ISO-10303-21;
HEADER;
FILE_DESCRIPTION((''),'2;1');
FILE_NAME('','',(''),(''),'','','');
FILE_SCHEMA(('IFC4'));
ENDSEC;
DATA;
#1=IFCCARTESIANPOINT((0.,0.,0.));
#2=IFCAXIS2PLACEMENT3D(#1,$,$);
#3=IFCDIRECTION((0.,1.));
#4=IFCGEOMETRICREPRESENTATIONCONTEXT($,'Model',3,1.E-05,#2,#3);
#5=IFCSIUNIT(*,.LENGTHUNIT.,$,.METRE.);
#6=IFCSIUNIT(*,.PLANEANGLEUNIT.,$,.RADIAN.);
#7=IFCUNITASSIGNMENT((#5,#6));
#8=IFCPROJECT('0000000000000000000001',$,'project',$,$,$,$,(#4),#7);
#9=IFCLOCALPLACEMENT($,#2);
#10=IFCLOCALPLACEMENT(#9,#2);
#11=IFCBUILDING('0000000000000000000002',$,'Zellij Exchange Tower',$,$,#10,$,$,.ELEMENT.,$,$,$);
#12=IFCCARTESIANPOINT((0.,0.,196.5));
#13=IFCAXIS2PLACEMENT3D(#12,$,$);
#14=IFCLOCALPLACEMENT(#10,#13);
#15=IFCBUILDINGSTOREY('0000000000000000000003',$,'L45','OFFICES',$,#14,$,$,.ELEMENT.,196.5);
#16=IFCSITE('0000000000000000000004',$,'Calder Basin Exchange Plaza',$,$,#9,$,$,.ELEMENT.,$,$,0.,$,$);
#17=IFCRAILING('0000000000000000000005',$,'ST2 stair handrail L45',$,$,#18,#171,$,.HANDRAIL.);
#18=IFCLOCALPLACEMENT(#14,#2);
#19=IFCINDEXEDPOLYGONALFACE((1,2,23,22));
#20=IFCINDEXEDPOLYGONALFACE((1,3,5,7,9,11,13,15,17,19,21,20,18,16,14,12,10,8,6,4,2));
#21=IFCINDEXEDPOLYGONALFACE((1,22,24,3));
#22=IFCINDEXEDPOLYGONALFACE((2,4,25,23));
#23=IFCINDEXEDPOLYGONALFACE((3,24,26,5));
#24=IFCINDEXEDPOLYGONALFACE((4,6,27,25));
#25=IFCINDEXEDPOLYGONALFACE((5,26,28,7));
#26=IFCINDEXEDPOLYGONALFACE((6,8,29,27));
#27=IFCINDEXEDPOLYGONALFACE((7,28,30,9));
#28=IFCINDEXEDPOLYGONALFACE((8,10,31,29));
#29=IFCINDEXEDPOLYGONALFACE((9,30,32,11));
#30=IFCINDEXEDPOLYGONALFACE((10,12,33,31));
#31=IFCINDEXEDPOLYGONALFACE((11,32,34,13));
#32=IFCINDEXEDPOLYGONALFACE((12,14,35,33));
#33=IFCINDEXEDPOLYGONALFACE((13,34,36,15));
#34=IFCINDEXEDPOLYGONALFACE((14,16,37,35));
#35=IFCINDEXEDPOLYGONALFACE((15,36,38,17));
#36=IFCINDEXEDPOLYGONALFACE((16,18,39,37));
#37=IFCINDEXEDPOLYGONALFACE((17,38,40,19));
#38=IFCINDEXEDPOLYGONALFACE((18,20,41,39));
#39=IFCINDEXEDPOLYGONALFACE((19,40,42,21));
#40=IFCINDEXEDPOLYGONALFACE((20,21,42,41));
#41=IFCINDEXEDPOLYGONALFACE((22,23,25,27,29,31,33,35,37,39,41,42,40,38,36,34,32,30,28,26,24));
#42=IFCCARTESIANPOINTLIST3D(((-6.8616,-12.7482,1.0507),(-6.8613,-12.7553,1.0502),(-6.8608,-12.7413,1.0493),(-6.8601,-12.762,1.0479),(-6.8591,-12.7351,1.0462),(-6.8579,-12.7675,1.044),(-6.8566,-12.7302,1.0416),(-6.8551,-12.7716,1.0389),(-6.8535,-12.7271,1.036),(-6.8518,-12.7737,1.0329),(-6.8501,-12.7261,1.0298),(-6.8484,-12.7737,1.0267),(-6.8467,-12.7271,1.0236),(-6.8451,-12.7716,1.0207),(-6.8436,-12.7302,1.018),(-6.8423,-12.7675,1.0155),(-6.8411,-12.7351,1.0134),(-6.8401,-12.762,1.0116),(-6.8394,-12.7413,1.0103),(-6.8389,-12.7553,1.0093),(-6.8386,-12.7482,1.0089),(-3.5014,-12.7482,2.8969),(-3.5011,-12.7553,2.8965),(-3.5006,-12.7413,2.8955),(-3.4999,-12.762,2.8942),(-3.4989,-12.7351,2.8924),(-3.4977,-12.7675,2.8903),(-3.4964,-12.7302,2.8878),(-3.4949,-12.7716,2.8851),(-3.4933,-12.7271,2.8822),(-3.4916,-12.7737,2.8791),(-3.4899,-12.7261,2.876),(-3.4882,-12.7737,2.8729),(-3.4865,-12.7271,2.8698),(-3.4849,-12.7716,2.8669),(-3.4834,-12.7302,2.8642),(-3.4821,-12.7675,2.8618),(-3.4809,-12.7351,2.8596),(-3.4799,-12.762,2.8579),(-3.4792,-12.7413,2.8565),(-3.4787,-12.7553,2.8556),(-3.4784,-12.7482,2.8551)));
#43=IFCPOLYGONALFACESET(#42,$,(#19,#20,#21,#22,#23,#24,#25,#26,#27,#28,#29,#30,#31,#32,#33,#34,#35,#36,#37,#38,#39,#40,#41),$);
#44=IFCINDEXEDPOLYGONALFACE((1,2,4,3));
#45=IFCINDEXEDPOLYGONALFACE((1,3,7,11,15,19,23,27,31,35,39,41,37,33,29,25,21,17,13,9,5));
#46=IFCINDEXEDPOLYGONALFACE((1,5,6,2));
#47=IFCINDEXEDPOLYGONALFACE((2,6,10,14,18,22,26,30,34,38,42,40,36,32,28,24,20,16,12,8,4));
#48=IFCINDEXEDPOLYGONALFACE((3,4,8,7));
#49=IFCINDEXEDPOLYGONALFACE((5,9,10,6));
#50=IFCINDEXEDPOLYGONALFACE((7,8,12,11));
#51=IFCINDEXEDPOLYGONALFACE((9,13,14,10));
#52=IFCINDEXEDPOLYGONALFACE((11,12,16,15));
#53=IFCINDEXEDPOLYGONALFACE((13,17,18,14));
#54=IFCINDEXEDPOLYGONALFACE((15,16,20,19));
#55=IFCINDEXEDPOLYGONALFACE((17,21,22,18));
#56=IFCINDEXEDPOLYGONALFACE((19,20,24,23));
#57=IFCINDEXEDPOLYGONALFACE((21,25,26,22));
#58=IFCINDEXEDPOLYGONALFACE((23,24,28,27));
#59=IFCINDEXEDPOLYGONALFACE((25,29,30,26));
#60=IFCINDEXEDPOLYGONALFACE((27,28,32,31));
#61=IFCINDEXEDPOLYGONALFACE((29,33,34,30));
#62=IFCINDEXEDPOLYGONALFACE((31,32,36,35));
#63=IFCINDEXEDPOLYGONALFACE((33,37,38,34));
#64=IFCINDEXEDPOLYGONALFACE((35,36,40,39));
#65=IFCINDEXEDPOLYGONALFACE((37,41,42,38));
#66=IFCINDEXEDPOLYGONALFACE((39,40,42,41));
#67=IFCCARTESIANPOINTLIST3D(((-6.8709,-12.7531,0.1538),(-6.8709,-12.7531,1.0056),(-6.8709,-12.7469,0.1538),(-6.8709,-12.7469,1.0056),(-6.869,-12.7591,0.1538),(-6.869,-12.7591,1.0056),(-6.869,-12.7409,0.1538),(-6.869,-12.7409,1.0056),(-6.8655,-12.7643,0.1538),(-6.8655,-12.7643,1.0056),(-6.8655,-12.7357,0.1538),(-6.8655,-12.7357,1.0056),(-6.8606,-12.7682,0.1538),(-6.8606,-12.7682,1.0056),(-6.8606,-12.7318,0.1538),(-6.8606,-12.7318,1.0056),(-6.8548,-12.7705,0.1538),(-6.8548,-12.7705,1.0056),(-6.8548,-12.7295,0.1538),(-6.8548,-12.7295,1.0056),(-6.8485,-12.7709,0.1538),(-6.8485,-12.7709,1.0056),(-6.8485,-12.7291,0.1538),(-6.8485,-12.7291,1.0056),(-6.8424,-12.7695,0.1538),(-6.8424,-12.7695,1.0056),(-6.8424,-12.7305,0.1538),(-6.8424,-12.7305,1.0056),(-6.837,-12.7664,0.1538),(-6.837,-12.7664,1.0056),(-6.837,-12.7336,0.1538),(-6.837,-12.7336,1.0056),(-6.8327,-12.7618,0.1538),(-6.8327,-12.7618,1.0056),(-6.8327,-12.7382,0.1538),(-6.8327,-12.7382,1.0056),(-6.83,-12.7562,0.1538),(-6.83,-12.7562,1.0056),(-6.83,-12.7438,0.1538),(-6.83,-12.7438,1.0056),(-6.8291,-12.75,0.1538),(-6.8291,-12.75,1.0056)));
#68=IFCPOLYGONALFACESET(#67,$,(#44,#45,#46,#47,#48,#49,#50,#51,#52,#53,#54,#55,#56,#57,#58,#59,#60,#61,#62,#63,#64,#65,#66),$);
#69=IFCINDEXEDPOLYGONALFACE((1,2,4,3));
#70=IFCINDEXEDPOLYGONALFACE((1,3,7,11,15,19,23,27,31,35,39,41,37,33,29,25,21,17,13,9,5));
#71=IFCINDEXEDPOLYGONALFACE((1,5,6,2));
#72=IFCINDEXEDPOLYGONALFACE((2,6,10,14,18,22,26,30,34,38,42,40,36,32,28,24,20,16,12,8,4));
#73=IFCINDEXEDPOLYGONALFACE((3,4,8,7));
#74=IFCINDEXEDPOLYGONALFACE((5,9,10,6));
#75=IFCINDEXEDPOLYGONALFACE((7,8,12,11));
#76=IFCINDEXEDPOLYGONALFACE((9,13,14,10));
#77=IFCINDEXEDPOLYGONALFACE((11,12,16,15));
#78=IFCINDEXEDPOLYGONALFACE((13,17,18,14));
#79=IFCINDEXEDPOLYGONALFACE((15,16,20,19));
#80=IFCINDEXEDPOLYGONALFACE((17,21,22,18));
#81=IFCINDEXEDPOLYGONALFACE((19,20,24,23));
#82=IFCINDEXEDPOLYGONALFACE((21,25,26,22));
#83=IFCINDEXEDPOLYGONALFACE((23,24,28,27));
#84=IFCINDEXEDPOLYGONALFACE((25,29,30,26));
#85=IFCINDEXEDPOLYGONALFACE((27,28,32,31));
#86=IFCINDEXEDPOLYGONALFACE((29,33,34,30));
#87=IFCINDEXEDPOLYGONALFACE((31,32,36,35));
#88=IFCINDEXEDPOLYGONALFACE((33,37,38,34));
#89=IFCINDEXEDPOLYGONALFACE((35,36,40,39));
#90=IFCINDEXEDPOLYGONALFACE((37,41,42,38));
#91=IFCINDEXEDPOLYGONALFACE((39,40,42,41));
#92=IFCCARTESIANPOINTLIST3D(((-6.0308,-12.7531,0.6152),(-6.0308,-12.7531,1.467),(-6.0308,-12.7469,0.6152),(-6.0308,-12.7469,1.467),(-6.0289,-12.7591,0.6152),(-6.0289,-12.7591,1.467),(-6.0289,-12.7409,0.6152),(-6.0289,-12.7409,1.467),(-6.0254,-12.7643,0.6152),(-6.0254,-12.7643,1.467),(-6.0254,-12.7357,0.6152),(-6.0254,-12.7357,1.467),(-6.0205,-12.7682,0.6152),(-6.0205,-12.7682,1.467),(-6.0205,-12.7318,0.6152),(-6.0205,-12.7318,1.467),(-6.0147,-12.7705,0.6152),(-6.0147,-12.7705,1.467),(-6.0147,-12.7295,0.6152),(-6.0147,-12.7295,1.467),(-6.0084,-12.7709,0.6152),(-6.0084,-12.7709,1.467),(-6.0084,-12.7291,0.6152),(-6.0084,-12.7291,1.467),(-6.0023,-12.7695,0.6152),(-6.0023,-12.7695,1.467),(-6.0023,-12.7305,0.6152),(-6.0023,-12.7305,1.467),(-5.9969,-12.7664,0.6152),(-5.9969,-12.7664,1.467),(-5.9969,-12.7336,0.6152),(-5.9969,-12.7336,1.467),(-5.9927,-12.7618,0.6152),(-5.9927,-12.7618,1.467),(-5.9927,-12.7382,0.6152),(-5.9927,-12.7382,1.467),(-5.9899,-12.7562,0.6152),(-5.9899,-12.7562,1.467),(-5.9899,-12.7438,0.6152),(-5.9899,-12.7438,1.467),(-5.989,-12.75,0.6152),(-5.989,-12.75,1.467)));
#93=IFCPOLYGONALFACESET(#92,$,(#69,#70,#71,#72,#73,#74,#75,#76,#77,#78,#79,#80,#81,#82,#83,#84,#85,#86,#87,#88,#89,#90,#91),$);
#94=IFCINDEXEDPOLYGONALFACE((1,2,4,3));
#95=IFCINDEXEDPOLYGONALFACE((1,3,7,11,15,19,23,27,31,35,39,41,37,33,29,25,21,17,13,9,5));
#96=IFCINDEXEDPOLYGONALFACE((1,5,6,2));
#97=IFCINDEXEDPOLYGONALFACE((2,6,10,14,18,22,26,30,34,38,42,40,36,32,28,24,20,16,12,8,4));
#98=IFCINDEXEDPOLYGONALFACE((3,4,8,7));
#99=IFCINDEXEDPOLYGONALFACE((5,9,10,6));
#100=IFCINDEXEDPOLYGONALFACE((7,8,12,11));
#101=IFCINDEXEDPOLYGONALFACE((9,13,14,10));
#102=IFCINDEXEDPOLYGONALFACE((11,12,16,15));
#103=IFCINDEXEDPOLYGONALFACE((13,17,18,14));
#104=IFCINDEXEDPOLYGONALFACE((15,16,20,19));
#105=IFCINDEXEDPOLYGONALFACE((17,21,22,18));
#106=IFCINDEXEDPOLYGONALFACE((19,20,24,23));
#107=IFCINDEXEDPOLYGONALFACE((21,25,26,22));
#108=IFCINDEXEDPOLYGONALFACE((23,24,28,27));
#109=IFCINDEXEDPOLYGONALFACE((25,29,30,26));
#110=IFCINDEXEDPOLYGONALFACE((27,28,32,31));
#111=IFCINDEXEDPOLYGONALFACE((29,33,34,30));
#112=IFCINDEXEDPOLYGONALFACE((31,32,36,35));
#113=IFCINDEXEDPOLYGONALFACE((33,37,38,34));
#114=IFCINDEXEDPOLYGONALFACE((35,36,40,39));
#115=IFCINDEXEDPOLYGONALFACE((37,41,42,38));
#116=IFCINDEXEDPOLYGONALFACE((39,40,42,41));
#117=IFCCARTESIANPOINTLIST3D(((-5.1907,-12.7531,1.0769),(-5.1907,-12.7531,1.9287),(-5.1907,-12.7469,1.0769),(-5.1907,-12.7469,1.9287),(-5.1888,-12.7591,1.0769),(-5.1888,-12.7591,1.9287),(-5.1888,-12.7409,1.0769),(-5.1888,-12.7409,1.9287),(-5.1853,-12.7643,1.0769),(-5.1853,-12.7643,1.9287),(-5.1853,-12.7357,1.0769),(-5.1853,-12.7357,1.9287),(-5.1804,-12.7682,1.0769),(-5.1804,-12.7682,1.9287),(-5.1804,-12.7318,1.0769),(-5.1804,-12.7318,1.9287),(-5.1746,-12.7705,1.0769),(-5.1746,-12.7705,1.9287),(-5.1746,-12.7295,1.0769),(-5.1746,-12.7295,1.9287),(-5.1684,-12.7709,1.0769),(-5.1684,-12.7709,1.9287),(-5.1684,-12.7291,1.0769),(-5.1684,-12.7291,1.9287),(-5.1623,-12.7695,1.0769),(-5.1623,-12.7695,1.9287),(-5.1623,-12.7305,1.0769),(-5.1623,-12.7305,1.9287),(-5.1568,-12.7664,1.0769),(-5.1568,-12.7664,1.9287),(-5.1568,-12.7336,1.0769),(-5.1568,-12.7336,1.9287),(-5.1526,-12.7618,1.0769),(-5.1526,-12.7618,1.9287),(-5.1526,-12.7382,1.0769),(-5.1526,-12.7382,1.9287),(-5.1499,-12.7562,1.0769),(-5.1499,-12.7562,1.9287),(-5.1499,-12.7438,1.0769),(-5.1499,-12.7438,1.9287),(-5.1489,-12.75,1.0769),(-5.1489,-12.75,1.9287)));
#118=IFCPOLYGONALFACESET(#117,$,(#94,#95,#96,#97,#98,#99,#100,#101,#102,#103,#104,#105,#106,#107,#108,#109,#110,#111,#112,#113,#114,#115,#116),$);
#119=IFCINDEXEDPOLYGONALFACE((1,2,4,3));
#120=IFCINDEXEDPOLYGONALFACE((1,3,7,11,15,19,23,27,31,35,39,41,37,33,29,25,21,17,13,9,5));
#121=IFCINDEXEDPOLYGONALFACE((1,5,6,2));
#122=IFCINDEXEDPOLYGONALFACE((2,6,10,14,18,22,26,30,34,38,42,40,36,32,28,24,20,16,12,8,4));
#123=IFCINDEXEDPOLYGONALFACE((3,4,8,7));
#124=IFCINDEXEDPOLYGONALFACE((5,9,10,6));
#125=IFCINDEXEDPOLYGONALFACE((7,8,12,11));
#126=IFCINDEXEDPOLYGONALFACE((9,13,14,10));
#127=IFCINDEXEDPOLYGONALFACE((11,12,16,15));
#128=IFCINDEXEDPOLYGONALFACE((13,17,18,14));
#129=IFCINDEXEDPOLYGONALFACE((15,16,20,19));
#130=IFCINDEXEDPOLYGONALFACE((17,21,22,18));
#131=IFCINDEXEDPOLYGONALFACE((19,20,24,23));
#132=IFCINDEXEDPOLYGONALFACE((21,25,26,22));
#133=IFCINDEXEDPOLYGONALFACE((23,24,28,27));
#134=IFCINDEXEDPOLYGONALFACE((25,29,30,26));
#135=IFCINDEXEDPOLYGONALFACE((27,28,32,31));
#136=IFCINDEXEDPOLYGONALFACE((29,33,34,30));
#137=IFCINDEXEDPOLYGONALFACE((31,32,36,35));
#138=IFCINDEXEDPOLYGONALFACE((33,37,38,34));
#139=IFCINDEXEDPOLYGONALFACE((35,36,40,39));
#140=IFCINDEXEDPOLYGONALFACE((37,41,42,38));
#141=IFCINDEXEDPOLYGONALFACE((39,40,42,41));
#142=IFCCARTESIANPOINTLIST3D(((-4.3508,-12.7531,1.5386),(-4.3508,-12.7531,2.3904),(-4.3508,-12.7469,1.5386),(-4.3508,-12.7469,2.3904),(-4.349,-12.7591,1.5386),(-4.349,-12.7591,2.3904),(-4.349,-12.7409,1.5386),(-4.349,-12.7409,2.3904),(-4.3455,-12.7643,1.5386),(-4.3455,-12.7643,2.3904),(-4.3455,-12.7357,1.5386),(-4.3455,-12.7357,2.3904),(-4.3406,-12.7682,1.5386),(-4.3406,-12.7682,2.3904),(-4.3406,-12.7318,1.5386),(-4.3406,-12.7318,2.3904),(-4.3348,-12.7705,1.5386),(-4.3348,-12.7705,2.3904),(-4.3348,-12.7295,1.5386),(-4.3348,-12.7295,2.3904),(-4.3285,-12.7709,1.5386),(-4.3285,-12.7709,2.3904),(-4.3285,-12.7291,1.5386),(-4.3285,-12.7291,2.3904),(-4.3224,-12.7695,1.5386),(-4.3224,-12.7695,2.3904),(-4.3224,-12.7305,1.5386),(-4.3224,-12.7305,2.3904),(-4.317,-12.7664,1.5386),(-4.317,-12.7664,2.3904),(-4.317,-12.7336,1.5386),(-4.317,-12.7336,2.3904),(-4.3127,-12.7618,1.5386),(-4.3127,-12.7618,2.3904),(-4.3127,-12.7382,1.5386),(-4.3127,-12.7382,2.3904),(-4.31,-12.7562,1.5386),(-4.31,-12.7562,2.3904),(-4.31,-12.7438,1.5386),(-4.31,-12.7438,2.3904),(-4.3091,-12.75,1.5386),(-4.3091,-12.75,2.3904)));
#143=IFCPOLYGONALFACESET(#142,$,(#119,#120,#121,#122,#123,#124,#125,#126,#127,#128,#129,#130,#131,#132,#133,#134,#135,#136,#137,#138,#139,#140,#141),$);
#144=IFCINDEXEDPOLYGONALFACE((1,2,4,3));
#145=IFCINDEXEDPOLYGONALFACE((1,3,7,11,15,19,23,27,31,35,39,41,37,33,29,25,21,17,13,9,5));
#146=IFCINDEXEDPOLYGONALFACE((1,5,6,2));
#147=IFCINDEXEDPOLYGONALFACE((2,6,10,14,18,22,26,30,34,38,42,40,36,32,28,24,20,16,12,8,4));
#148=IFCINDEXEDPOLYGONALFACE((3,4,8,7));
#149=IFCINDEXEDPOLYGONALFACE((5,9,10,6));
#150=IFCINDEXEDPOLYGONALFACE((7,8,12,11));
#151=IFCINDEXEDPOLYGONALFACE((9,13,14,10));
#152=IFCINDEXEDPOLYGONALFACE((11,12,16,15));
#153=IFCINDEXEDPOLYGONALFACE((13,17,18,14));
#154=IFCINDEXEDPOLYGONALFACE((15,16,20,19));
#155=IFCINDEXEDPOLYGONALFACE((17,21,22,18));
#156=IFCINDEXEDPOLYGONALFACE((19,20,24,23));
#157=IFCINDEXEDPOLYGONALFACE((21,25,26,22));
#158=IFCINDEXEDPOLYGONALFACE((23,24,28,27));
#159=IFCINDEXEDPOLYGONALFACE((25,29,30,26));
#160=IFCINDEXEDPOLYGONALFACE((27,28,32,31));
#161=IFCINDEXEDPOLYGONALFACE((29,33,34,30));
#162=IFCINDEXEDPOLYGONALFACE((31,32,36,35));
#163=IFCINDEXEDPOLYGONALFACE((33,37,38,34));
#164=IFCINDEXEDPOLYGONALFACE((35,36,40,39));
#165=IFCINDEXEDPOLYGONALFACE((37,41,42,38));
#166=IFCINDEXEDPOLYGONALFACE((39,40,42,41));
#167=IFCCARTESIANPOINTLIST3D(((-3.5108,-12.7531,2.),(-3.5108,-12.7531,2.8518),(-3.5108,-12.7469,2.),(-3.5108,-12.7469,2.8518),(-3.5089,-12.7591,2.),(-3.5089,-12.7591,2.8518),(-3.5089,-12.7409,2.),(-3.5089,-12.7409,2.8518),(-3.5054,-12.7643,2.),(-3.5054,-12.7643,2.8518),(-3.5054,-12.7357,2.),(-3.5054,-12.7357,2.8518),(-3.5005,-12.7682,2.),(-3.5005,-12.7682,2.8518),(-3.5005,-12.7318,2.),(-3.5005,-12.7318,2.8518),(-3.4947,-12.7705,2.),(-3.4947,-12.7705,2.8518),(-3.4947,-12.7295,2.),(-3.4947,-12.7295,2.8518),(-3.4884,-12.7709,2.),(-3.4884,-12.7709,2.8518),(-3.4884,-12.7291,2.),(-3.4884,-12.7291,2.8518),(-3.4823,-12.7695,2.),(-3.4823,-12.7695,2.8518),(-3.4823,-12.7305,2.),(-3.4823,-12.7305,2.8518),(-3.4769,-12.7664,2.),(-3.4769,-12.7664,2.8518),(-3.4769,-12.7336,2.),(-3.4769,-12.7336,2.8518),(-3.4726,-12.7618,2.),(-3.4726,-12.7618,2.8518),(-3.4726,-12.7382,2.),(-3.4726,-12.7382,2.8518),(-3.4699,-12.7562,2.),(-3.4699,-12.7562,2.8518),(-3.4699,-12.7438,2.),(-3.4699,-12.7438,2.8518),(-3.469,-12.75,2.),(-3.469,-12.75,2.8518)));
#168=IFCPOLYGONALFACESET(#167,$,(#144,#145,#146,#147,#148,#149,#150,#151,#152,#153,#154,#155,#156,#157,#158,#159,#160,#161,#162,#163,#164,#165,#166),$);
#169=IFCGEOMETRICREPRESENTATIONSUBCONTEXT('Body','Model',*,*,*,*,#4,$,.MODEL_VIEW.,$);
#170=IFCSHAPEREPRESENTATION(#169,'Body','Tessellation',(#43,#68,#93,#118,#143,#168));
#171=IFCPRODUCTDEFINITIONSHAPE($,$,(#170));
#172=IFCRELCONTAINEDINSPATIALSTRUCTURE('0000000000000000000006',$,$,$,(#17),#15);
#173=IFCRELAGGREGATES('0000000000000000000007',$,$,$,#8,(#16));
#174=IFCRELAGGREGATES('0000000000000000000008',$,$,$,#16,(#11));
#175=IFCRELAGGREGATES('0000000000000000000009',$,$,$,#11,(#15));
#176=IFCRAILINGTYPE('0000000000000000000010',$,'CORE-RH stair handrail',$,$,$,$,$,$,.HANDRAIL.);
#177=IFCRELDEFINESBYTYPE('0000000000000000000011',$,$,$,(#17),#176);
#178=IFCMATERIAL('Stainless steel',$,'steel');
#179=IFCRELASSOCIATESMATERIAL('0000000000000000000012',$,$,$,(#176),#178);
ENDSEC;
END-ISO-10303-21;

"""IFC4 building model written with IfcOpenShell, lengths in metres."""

from ifc_helpers import new_model, si_unit, direction, frame, origin, origin_2d, place, context, subcontext, project, spatial, circle, extrude, material, type_object, element, save


model = new_model("IFC4")

# Units and contexts
model_context = context("Model", 3, precision=1e-05, world=origin(), true_north=direction((0.0, 1.0)))
body_context = subcontext(model_context, "Body", "Model", "MODEL_VIEW")
ifc_project = project(units=[si_unit("LENGTHUNIT", "METRE"), si_unit("PLANEANGLEUNIT", "RADIAN")], contexts=[model_context])

# Site, building, storey
site_placement = place(None, origin())
site = spatial("IfcSite", under=ifc_project, at=site_placement, Name="Calder Basin Exchange Plaza", CompositionType="ELEMENT", RefElevation=0.0)
building_placement = place(site_placement, origin())
building = spatial("IfcBuilding", under=site, at=building_placement, Name="Zellij Exchange Tower", CompositionType="ELEMENT")
storey_placement = place(building_placement, frame((0.0, 0.0, 196.5)))
storey = spatial("IfcBuildingStorey", under=building, at=storey_placement, Name="L45", Description="OFFICES", CompositionType="ELEMENT", Elevation=196.5)

# Railing
ifc_material_1 = material(Name="Stainless steel", Category="steel")
railing_type_1 = type_object("IfcRailingType", Name="CORE-RH stair handrail", PredefinedType="HANDRAIL", material=ifc_material_1)
railing_1_placement = place(storey_placement, frame((-6.8501, -12.75, 0.1538)))
element("IfcRailing", 1, at=railing_1_placement, inside=storey, type_object=railing_type_1, Name="ST2 stair handrail L45", PredefinedType="HANDRAIL", context=body_context, shape_type="SweptSolid", body=[
    extrude(circle(Radius=0.0239, at=origin_2d()), frame((0.0, 0.0, 0.876), z_axis=(0.876422, 0.0, 0.481545), x_axis=(0.0, 1.0, 0.0)), (0.0, 0.0, 1.0), 3.834),
    extrude(circle(Radius=0.021, at=origin_2d()), origin(), (0.0, 0.0, 1.0), 0.8518),
    extrude(circle(Radius=0.021, at=origin_2d()), frame((0.8401, 0.0, 0.4614)), (0.0, 0.0, 1.0), 0.8518),
    extrude(circle(Radius=0.021, at=origin_2d()), frame((1.6802, 0.0, 0.9231)), (0.0, 0.0, 1.0), 0.8518),
    extrude(circle(Radius=0.021, at=origin_2d()), frame((2.52, 0.0, 1.3848)), (0.0, 0.0, 1.0), 0.8518),
    extrude(circle(Radius=0.021, at=origin_2d()), frame((3.3601, 0.0, 1.8462)), (0.0, 0.0, 1.0), 0.8518),
])

save(model, "model.ifc")
